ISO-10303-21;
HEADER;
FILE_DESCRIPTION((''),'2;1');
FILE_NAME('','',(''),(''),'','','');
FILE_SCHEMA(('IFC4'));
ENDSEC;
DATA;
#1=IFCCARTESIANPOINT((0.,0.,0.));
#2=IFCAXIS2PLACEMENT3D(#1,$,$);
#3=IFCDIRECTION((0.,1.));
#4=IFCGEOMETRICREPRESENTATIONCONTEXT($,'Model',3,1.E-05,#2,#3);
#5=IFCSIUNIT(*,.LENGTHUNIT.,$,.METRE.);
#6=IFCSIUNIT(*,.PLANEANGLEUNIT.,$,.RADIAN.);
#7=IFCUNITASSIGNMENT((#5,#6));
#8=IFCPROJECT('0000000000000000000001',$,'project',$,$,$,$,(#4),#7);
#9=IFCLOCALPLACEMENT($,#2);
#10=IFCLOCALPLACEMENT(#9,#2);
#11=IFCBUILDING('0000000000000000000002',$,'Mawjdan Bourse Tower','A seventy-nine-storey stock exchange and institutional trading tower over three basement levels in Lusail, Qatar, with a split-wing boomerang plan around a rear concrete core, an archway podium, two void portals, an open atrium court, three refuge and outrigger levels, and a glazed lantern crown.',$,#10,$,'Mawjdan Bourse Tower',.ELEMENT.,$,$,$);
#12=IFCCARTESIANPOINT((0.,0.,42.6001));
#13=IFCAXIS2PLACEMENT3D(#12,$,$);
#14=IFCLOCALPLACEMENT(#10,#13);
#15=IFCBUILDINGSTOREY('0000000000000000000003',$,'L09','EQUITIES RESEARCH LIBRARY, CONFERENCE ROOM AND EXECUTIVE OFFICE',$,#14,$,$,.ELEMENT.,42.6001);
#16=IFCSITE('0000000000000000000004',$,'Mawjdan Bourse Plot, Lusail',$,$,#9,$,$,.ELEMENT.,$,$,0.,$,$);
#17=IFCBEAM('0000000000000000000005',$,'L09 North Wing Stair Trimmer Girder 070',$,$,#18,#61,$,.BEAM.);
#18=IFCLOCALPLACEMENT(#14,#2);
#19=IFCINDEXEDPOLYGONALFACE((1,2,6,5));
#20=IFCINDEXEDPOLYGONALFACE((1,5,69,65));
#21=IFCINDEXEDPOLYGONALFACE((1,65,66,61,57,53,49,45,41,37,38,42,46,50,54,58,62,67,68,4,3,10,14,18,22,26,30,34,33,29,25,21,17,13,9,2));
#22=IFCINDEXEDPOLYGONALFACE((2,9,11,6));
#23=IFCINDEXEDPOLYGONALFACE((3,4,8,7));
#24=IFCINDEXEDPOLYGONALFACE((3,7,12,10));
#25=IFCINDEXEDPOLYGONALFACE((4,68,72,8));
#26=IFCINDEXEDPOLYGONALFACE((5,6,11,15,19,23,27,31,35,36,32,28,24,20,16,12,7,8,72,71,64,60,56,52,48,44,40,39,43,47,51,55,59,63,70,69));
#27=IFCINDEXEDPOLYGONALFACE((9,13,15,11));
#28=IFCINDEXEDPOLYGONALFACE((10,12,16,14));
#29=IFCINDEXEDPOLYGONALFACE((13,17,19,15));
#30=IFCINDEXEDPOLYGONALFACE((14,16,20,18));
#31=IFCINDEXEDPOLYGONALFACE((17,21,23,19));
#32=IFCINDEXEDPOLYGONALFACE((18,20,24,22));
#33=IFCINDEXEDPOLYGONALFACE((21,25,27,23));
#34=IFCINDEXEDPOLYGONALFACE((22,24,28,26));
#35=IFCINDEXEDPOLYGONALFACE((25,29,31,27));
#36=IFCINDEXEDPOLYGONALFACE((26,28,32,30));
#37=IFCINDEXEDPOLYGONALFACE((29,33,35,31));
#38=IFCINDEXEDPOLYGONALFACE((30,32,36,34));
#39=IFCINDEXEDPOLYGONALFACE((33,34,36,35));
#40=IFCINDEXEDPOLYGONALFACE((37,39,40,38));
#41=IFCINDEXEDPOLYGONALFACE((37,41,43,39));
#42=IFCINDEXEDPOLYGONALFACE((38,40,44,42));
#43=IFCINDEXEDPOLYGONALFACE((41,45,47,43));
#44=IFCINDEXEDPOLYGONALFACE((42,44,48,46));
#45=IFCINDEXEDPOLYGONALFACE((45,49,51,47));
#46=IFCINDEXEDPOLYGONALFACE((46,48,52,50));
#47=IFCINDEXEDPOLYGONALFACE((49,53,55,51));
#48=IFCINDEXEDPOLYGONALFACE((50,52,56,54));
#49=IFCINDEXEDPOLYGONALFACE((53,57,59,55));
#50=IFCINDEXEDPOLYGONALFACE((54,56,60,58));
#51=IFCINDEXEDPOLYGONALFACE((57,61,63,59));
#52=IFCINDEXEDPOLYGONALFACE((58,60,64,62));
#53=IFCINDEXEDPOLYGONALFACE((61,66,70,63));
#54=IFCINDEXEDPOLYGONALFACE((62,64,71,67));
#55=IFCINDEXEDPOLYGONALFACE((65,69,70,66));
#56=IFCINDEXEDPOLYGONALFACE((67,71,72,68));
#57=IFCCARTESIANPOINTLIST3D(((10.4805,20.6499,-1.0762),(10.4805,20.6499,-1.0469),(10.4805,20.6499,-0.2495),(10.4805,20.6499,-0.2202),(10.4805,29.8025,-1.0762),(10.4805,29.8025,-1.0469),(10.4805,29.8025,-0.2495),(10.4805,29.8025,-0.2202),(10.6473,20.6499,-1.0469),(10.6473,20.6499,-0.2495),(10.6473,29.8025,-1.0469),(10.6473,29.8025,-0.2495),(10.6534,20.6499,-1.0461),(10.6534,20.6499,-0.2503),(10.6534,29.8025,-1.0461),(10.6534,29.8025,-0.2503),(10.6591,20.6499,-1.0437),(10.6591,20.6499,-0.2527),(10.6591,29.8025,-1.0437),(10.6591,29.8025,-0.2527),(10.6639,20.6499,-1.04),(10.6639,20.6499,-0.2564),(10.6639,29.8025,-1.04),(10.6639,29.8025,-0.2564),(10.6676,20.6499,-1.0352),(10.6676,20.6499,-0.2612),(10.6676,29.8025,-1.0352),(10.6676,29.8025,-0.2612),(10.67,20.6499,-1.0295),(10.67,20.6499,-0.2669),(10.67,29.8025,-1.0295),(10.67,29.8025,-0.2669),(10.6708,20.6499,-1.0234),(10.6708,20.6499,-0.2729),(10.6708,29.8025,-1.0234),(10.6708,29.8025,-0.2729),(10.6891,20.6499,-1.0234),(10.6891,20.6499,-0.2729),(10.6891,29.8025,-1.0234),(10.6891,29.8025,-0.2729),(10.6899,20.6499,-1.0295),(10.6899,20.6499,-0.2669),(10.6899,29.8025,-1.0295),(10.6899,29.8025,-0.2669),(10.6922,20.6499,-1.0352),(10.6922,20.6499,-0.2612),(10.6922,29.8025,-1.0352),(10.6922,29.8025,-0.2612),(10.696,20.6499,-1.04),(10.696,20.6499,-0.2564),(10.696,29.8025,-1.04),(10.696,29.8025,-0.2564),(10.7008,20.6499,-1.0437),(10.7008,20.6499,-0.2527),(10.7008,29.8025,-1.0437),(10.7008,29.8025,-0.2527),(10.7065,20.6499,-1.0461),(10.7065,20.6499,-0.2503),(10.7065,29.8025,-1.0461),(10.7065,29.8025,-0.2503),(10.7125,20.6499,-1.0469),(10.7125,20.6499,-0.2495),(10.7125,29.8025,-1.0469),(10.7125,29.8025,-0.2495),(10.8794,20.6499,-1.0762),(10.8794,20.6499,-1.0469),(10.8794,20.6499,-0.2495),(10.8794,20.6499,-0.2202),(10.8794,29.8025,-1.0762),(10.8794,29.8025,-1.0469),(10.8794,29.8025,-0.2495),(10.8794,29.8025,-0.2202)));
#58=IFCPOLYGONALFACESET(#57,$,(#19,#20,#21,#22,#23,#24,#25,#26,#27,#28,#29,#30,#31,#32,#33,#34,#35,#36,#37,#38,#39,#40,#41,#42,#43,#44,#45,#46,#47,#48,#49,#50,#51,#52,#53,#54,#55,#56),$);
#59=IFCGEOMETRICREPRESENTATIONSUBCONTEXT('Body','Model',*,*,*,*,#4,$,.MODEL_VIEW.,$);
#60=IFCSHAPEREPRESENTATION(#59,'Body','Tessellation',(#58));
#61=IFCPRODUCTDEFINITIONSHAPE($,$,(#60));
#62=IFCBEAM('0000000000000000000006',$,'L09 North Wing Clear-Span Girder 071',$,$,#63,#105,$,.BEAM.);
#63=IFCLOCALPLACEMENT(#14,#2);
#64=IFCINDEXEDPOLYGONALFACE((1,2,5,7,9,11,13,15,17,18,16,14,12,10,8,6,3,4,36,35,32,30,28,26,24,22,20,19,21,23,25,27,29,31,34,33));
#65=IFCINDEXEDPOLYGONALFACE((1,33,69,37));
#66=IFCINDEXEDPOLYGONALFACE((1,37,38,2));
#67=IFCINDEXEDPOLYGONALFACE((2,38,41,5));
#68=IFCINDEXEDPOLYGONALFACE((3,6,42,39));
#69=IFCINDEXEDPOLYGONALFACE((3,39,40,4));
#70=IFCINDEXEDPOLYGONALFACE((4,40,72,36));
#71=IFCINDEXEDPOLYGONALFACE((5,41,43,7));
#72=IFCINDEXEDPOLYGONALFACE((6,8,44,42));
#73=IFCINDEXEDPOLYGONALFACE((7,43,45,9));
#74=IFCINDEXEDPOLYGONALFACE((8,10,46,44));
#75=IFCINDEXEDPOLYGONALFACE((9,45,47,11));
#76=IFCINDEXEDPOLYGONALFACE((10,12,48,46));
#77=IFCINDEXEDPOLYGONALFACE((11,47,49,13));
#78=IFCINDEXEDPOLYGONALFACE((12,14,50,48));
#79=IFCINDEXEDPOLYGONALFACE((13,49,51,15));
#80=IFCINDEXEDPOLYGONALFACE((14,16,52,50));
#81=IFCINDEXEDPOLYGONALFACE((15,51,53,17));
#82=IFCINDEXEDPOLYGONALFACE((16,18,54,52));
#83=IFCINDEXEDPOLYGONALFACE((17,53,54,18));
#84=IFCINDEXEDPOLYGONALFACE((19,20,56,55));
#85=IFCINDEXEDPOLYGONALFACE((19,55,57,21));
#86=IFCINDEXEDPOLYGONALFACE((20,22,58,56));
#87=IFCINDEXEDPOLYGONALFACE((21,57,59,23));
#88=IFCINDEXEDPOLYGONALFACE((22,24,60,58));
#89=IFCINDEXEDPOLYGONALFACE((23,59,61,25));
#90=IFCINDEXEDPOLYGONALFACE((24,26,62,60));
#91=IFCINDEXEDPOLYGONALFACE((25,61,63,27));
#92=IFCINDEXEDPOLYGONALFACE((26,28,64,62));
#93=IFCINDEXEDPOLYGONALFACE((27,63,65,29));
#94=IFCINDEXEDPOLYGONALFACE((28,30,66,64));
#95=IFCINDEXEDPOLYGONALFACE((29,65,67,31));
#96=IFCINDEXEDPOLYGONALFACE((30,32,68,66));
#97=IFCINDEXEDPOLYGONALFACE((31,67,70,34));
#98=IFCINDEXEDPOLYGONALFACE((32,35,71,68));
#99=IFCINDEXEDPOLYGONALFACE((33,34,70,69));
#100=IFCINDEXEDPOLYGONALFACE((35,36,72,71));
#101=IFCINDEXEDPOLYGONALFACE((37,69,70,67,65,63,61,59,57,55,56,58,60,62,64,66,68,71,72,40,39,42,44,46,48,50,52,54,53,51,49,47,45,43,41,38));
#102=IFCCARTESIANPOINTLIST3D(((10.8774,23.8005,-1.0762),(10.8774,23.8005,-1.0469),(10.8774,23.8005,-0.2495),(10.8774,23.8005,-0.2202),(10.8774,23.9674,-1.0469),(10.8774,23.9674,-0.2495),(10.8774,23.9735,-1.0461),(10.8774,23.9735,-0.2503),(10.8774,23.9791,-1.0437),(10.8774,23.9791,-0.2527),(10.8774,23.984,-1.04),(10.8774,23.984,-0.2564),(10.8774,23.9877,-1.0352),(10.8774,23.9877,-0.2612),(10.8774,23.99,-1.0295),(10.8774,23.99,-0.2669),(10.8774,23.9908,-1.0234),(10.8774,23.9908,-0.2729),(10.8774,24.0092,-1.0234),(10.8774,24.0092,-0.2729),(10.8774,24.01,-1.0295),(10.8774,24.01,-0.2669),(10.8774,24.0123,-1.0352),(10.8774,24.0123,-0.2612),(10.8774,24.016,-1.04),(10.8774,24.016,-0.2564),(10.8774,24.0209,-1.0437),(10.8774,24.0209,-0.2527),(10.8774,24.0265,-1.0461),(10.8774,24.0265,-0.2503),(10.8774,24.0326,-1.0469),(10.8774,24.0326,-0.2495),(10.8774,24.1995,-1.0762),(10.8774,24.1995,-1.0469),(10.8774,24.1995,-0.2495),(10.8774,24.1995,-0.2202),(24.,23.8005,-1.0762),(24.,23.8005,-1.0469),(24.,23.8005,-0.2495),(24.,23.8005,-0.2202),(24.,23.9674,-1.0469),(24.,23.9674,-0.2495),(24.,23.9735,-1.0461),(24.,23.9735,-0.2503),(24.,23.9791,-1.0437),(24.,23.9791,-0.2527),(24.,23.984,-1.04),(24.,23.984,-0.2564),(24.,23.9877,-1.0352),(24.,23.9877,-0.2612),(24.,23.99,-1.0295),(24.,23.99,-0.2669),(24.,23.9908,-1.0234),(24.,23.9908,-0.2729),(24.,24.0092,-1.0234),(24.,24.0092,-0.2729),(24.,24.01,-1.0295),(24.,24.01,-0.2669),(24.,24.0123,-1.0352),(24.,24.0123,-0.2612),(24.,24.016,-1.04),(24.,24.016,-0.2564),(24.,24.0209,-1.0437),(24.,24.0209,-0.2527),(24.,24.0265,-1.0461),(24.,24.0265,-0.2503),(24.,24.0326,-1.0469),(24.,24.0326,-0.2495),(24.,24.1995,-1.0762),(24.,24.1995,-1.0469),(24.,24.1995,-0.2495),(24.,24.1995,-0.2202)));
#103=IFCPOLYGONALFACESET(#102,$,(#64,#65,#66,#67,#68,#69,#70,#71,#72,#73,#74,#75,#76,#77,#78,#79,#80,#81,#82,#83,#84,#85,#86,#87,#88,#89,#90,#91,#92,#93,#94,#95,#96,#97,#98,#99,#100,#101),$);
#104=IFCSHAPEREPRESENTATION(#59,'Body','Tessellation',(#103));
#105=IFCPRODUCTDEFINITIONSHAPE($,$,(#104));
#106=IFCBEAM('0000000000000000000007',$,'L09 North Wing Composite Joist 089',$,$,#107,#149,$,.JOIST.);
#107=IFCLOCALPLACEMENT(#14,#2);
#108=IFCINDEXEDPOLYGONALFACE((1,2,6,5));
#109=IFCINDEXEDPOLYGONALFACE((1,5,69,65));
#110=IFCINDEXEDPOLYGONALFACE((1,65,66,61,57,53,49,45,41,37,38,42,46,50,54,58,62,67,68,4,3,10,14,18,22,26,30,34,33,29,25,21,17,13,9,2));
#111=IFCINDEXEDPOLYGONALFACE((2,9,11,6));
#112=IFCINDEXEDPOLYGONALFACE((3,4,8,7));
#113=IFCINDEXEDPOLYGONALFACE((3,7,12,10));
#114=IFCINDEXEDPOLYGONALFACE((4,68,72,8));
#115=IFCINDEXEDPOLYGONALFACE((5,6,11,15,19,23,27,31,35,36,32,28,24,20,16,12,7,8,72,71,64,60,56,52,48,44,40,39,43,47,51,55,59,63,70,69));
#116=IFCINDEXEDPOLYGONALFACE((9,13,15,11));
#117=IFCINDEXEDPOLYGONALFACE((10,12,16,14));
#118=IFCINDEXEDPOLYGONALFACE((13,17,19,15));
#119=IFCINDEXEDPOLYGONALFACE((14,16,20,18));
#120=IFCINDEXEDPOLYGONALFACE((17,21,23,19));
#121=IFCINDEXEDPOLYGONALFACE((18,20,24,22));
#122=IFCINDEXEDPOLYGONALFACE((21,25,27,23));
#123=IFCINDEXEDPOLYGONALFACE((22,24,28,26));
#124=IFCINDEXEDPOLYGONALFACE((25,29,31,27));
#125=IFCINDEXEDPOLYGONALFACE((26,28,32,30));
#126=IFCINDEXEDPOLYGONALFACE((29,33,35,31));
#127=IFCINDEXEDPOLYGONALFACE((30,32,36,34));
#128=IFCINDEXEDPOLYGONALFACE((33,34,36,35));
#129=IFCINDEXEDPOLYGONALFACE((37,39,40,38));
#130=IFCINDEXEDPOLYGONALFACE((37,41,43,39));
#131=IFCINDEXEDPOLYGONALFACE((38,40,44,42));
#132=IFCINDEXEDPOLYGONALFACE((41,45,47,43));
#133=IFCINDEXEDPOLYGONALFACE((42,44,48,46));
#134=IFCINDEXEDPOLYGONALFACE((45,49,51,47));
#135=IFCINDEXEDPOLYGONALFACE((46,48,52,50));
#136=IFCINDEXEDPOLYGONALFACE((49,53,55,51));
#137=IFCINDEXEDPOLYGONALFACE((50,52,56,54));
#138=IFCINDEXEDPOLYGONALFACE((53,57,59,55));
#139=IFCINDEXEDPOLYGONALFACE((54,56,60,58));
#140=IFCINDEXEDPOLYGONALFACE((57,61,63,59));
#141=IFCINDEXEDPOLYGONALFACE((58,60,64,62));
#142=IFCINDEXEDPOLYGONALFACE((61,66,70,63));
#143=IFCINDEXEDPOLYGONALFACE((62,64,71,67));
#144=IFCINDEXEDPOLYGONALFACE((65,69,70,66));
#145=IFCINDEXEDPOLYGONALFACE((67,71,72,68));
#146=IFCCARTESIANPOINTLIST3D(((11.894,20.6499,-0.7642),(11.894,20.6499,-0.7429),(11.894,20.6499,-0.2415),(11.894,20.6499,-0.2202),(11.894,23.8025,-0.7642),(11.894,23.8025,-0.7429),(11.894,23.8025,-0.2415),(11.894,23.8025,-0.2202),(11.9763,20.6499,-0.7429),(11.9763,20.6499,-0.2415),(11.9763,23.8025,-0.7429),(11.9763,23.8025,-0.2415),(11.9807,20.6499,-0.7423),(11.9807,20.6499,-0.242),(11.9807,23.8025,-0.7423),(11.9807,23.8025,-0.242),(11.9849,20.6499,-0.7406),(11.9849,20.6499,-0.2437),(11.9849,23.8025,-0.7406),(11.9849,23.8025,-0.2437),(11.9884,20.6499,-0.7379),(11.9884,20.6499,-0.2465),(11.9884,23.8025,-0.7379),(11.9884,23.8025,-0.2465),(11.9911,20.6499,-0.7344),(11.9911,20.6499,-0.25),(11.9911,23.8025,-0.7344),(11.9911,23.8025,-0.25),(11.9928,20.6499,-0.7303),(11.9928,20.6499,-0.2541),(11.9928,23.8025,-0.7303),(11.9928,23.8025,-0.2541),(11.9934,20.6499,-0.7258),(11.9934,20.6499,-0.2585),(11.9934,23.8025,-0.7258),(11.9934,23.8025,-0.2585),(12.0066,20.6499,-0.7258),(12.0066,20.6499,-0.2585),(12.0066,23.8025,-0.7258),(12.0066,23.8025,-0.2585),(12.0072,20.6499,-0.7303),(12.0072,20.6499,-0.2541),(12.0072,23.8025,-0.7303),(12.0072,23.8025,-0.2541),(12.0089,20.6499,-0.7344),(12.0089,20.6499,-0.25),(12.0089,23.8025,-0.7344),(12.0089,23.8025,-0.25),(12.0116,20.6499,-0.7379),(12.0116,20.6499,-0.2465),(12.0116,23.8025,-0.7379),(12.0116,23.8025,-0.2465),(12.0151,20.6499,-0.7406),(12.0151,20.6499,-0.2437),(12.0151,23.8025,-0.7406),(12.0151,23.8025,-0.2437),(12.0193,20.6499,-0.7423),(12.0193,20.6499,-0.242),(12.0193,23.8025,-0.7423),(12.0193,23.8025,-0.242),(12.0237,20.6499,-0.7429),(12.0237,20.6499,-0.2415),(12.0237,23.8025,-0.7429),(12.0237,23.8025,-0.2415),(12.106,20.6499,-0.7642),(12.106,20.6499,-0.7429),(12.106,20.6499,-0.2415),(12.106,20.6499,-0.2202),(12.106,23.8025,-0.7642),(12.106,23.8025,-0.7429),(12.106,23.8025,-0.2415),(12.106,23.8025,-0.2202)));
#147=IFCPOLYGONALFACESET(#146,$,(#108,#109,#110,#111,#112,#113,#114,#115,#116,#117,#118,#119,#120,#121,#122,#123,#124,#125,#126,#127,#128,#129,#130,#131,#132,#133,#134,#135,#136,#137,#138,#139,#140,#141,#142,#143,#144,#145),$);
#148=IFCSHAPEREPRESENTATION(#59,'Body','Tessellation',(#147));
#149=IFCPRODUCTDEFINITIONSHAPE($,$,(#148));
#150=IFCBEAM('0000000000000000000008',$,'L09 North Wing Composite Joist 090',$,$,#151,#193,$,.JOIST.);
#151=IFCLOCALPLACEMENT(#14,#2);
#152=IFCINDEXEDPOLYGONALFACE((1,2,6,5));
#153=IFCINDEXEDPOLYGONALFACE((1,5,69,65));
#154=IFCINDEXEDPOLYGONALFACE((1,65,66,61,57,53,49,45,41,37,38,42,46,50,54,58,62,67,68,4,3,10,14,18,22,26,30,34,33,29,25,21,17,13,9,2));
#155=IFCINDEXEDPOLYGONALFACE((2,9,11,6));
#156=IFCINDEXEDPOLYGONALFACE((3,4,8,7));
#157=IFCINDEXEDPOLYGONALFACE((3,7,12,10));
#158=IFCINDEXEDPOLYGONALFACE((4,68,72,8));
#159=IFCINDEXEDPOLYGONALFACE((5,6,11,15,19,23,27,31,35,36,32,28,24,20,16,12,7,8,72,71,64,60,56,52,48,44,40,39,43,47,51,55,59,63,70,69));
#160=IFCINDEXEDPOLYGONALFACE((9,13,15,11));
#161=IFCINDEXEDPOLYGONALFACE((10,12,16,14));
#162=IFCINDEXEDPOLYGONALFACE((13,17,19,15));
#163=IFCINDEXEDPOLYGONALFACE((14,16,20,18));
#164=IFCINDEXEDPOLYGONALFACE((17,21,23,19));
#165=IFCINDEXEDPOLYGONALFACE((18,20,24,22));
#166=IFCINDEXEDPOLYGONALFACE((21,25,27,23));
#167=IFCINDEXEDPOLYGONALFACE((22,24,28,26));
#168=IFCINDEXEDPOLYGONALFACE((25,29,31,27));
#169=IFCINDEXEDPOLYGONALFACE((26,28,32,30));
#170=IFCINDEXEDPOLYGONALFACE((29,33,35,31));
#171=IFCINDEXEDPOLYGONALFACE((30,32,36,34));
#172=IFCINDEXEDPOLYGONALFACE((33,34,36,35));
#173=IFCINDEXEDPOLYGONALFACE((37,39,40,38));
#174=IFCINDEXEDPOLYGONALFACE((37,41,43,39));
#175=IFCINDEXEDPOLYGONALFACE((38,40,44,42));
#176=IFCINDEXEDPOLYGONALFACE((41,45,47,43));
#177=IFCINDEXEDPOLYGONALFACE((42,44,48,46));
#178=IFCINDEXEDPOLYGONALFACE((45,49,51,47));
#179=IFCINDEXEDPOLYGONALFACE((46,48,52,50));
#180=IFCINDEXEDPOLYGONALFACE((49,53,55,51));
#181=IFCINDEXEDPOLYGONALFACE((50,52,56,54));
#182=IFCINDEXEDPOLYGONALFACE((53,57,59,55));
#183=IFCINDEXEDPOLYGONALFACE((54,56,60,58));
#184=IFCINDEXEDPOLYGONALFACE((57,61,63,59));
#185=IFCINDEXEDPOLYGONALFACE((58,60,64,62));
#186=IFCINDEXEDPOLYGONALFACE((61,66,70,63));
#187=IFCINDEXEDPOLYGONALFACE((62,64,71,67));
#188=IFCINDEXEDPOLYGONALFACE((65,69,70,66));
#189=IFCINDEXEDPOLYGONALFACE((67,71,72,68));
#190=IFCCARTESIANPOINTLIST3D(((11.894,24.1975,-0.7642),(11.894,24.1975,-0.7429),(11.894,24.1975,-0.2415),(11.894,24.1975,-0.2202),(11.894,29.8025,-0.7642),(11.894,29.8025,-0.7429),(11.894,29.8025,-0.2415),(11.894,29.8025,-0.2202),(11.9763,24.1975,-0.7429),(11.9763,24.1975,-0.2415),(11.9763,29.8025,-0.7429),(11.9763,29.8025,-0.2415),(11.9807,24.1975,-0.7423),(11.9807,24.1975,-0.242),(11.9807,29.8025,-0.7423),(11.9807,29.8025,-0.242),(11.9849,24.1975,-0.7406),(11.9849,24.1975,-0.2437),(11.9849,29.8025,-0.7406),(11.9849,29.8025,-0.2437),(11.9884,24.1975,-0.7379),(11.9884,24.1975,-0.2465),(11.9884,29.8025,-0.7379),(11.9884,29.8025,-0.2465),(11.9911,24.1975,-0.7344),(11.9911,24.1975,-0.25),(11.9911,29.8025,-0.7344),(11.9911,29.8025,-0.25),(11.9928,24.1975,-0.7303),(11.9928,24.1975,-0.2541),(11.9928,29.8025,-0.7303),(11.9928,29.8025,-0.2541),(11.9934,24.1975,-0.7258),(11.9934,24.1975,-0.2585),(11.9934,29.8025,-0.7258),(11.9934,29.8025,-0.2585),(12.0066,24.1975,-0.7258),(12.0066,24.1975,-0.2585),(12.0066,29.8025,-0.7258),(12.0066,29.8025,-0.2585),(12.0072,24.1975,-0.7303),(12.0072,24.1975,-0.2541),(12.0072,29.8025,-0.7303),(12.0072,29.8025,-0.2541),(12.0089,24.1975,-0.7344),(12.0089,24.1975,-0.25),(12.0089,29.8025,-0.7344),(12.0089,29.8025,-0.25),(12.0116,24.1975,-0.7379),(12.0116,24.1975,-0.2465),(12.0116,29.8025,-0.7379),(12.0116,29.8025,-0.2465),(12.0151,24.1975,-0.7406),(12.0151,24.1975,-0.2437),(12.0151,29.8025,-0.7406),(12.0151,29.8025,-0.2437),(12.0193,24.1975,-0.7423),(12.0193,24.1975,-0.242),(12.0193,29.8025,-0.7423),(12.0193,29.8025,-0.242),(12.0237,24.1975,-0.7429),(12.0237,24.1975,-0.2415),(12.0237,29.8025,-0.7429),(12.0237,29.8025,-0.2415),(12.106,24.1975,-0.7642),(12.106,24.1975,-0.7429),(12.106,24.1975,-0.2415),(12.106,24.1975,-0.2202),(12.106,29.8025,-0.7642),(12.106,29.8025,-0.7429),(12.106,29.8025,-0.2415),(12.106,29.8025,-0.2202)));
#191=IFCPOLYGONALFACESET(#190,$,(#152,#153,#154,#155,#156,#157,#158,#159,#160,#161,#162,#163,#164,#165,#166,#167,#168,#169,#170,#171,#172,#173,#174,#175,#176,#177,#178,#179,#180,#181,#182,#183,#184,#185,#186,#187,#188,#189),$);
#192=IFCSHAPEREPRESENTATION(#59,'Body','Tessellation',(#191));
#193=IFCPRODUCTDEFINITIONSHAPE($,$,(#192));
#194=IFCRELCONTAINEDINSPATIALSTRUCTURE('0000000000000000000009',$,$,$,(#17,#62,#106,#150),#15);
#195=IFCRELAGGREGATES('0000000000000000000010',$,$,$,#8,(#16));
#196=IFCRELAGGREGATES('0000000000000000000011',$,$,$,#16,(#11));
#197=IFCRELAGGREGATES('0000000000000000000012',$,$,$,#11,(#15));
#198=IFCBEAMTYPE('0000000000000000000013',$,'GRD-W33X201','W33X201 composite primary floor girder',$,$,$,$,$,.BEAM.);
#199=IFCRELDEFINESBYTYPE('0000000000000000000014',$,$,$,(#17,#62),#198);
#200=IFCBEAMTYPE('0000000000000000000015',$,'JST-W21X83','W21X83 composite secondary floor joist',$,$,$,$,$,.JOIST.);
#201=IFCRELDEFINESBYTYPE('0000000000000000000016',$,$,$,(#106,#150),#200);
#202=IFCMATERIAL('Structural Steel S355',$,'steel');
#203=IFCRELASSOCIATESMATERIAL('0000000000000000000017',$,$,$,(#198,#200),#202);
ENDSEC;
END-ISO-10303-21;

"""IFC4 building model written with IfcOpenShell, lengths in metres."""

from ifc_helpers import new_model, si_unit, direction, frame, origin, origin_2d, place, context, subcontext, project, spatial, i_section, extrude, material, material_profile, profile_set, type_object, element, save


model = new_model("IFC4")

# Units and contexts
model_context = context("Model", 3, precision=1e-05, world=origin(), true_north=direction((0.0, 1.0)))
body_context = subcontext(model_context, "Body", "Model", "MODEL_VIEW")
ifc_project = project(units=[si_unit("LENGTHUNIT", "METRE"), si_unit("PLANEANGLEUNIT", "RADIAN")], contexts=[model_context])

# Site, building, storey
site_placement = place(None, origin())
site = spatial("IfcSite", under=ifc_project, at=site_placement, Name="Mawjdan Bourse Plot, Lusail", CompositionType="ELEMENT", RefElevation=0.0)
building_placement = place(site_placement, origin())
building = spatial("IfcBuilding", under=site, at=building_placement, Name="Mawjdan Bourse Tower", Description="A seventy-nine-storey stock exchange and institutional trading tower over three basement levels in Lusail, Qatar, with a split-wing boomerang plan around a rear concrete core, an archway podium, two void portals, an open atrium court, three refuge and outrigger levels, and a glazed lantern crown.", LongName="Mawjdan Bourse Tower", CompositionType="ELEMENT")
storey_placement = place(building_placement, frame((0.0, 0.0, 42.6001)))
storey = spatial("IfcBuildingStorey", under=building, at=storey_placement, Name="L09", Description="EQUITIES RESEARCH LIBRARY, CONFERENCE ROOM AND EXECUTIVE OFFICE", CompositionType="ELEMENT", Elevation=42.6001)

# Beams
ifc_material_1 = material(Name="Structural Steel S355", Category="steel")
ifc_material_profile_1 = material_profile(ifc_material_1, i_section(OverallWidth=0.3989, OverallDepth=0.856, WebThickness=0.0183, FlangeThickness=0.0293, FilletRadius=0.0234, at=origin_2d()), Name="W33X201")
ifc_profile_set_1 = profile_set([ifc_material_profile_1], Name="Structural Steel S355")
beam_type_1 = type_object("IfcBeamType", Name="GRD-W33X201", Description="W33X201 composite primary floor girder", PredefinedType="BEAM", material=ifc_profile_set_1)
beam_1_placement = place(storey_placement, frame((10.6799, 20.6499, -0.6482), z_axis=(0.0, 1.0, 0.0), x_axis=(-1.0, 0.0, 0.0)))
element("IfcBeam", 1, at=beam_1_placement, inside=storey, type_object=beam_type_1, Name="L09 North Wing Stair Trimmer Girder 070", PredefinedType="BEAM", context=body_context, shape_type="SweptSolid", body=[
    extrude(i_section(OverallWidth=0.3989, OverallDepth=0.856, WebThickness=0.0183, FlangeThickness=0.0293, FilletRadius=0.0234, at=origin_2d()), origin(), (0.0, 0.0, 1.0), 9.1526),
])
beam_2_placement = place(storey_placement, frame((10.8774, 24.0, -0.6482), z_axis=(1.0, 0.0, 0.0), x_axis=(0.0, 1.0, 0.0)))
element("IfcBeam", 2, at=beam_2_placement, inside=storey, type_object=beam_type_1, Name="L09 North Wing Clear-Span Girder 071", PredefinedType="BEAM", context=body_context, shape_type="SweptSolid", body=[
    extrude(i_section(OverallWidth=0.3989, OverallDepth=0.856, WebThickness=0.0183, FlangeThickness=0.0293, FilletRadius=0.0234, at=origin_2d()), origin(), (0.0, 0.0, 1.0), 13.1226),
])
ifc_material_profile_2 = material_profile(ifc_material_1, i_section(OverallWidth=0.2119, OverallDepth=0.5439, WebThickness=0.0132, FlangeThickness=0.0212, FilletRadius=0.0171, at=origin_2d()), Name="W21X83")
ifc_profile_set_2 = profile_set([ifc_material_profile_2], Name="Structural Steel S355")
beam_type_2 = type_object("IfcBeamType", Name="JST-W21X83", Description="W21X83 composite secondary floor joist", PredefinedType="JOIST", material=ifc_profile_set_2)
beam_3_placement = place(storey_placement, frame((12.0, 20.6499, -0.4922), z_axis=(0.0, 1.0, 0.0), x_axis=(-1.0, 0.0, 0.0)))
element("IfcBeam", 3, at=beam_3_placement, inside=storey, type_object=beam_type_2, Name="L09 North Wing Composite Joist 089", PredefinedType="JOIST", context=body_context, shape_type="SweptSolid", body=[
    extrude(i_section(OverallWidth=0.2119, OverallDepth=0.5439, WebThickness=0.0132, FlangeThickness=0.0212, FilletRadius=0.0171, at=origin_2d()), origin(), (0.0, 0.0, 1.0), 3.1526),
])
beam_4_placement = place(storey_placement, frame((12.0, 24.1975, -0.4922), z_axis=(0.0, 1.0, 0.0), x_axis=(-1.0, 0.0, 0.0)))
element("IfcBeam", 4, at=beam_4_placement, inside=storey, type_object=beam_type_2, Name="L09 North Wing Composite Joist 090", PredefinedType="JOIST", context=body_context, shape_type="SweptSolid", body=[
    extrude(i_section(OverallWidth=0.2119, OverallDepth=0.5439, WebThickness=0.0132, FlangeThickness=0.0212, FilletRadius=0.0171, at=origin_2d()), origin(), (0.0, 0.0, 1.0), 5.605),
])

save(model, "model.ifc")
